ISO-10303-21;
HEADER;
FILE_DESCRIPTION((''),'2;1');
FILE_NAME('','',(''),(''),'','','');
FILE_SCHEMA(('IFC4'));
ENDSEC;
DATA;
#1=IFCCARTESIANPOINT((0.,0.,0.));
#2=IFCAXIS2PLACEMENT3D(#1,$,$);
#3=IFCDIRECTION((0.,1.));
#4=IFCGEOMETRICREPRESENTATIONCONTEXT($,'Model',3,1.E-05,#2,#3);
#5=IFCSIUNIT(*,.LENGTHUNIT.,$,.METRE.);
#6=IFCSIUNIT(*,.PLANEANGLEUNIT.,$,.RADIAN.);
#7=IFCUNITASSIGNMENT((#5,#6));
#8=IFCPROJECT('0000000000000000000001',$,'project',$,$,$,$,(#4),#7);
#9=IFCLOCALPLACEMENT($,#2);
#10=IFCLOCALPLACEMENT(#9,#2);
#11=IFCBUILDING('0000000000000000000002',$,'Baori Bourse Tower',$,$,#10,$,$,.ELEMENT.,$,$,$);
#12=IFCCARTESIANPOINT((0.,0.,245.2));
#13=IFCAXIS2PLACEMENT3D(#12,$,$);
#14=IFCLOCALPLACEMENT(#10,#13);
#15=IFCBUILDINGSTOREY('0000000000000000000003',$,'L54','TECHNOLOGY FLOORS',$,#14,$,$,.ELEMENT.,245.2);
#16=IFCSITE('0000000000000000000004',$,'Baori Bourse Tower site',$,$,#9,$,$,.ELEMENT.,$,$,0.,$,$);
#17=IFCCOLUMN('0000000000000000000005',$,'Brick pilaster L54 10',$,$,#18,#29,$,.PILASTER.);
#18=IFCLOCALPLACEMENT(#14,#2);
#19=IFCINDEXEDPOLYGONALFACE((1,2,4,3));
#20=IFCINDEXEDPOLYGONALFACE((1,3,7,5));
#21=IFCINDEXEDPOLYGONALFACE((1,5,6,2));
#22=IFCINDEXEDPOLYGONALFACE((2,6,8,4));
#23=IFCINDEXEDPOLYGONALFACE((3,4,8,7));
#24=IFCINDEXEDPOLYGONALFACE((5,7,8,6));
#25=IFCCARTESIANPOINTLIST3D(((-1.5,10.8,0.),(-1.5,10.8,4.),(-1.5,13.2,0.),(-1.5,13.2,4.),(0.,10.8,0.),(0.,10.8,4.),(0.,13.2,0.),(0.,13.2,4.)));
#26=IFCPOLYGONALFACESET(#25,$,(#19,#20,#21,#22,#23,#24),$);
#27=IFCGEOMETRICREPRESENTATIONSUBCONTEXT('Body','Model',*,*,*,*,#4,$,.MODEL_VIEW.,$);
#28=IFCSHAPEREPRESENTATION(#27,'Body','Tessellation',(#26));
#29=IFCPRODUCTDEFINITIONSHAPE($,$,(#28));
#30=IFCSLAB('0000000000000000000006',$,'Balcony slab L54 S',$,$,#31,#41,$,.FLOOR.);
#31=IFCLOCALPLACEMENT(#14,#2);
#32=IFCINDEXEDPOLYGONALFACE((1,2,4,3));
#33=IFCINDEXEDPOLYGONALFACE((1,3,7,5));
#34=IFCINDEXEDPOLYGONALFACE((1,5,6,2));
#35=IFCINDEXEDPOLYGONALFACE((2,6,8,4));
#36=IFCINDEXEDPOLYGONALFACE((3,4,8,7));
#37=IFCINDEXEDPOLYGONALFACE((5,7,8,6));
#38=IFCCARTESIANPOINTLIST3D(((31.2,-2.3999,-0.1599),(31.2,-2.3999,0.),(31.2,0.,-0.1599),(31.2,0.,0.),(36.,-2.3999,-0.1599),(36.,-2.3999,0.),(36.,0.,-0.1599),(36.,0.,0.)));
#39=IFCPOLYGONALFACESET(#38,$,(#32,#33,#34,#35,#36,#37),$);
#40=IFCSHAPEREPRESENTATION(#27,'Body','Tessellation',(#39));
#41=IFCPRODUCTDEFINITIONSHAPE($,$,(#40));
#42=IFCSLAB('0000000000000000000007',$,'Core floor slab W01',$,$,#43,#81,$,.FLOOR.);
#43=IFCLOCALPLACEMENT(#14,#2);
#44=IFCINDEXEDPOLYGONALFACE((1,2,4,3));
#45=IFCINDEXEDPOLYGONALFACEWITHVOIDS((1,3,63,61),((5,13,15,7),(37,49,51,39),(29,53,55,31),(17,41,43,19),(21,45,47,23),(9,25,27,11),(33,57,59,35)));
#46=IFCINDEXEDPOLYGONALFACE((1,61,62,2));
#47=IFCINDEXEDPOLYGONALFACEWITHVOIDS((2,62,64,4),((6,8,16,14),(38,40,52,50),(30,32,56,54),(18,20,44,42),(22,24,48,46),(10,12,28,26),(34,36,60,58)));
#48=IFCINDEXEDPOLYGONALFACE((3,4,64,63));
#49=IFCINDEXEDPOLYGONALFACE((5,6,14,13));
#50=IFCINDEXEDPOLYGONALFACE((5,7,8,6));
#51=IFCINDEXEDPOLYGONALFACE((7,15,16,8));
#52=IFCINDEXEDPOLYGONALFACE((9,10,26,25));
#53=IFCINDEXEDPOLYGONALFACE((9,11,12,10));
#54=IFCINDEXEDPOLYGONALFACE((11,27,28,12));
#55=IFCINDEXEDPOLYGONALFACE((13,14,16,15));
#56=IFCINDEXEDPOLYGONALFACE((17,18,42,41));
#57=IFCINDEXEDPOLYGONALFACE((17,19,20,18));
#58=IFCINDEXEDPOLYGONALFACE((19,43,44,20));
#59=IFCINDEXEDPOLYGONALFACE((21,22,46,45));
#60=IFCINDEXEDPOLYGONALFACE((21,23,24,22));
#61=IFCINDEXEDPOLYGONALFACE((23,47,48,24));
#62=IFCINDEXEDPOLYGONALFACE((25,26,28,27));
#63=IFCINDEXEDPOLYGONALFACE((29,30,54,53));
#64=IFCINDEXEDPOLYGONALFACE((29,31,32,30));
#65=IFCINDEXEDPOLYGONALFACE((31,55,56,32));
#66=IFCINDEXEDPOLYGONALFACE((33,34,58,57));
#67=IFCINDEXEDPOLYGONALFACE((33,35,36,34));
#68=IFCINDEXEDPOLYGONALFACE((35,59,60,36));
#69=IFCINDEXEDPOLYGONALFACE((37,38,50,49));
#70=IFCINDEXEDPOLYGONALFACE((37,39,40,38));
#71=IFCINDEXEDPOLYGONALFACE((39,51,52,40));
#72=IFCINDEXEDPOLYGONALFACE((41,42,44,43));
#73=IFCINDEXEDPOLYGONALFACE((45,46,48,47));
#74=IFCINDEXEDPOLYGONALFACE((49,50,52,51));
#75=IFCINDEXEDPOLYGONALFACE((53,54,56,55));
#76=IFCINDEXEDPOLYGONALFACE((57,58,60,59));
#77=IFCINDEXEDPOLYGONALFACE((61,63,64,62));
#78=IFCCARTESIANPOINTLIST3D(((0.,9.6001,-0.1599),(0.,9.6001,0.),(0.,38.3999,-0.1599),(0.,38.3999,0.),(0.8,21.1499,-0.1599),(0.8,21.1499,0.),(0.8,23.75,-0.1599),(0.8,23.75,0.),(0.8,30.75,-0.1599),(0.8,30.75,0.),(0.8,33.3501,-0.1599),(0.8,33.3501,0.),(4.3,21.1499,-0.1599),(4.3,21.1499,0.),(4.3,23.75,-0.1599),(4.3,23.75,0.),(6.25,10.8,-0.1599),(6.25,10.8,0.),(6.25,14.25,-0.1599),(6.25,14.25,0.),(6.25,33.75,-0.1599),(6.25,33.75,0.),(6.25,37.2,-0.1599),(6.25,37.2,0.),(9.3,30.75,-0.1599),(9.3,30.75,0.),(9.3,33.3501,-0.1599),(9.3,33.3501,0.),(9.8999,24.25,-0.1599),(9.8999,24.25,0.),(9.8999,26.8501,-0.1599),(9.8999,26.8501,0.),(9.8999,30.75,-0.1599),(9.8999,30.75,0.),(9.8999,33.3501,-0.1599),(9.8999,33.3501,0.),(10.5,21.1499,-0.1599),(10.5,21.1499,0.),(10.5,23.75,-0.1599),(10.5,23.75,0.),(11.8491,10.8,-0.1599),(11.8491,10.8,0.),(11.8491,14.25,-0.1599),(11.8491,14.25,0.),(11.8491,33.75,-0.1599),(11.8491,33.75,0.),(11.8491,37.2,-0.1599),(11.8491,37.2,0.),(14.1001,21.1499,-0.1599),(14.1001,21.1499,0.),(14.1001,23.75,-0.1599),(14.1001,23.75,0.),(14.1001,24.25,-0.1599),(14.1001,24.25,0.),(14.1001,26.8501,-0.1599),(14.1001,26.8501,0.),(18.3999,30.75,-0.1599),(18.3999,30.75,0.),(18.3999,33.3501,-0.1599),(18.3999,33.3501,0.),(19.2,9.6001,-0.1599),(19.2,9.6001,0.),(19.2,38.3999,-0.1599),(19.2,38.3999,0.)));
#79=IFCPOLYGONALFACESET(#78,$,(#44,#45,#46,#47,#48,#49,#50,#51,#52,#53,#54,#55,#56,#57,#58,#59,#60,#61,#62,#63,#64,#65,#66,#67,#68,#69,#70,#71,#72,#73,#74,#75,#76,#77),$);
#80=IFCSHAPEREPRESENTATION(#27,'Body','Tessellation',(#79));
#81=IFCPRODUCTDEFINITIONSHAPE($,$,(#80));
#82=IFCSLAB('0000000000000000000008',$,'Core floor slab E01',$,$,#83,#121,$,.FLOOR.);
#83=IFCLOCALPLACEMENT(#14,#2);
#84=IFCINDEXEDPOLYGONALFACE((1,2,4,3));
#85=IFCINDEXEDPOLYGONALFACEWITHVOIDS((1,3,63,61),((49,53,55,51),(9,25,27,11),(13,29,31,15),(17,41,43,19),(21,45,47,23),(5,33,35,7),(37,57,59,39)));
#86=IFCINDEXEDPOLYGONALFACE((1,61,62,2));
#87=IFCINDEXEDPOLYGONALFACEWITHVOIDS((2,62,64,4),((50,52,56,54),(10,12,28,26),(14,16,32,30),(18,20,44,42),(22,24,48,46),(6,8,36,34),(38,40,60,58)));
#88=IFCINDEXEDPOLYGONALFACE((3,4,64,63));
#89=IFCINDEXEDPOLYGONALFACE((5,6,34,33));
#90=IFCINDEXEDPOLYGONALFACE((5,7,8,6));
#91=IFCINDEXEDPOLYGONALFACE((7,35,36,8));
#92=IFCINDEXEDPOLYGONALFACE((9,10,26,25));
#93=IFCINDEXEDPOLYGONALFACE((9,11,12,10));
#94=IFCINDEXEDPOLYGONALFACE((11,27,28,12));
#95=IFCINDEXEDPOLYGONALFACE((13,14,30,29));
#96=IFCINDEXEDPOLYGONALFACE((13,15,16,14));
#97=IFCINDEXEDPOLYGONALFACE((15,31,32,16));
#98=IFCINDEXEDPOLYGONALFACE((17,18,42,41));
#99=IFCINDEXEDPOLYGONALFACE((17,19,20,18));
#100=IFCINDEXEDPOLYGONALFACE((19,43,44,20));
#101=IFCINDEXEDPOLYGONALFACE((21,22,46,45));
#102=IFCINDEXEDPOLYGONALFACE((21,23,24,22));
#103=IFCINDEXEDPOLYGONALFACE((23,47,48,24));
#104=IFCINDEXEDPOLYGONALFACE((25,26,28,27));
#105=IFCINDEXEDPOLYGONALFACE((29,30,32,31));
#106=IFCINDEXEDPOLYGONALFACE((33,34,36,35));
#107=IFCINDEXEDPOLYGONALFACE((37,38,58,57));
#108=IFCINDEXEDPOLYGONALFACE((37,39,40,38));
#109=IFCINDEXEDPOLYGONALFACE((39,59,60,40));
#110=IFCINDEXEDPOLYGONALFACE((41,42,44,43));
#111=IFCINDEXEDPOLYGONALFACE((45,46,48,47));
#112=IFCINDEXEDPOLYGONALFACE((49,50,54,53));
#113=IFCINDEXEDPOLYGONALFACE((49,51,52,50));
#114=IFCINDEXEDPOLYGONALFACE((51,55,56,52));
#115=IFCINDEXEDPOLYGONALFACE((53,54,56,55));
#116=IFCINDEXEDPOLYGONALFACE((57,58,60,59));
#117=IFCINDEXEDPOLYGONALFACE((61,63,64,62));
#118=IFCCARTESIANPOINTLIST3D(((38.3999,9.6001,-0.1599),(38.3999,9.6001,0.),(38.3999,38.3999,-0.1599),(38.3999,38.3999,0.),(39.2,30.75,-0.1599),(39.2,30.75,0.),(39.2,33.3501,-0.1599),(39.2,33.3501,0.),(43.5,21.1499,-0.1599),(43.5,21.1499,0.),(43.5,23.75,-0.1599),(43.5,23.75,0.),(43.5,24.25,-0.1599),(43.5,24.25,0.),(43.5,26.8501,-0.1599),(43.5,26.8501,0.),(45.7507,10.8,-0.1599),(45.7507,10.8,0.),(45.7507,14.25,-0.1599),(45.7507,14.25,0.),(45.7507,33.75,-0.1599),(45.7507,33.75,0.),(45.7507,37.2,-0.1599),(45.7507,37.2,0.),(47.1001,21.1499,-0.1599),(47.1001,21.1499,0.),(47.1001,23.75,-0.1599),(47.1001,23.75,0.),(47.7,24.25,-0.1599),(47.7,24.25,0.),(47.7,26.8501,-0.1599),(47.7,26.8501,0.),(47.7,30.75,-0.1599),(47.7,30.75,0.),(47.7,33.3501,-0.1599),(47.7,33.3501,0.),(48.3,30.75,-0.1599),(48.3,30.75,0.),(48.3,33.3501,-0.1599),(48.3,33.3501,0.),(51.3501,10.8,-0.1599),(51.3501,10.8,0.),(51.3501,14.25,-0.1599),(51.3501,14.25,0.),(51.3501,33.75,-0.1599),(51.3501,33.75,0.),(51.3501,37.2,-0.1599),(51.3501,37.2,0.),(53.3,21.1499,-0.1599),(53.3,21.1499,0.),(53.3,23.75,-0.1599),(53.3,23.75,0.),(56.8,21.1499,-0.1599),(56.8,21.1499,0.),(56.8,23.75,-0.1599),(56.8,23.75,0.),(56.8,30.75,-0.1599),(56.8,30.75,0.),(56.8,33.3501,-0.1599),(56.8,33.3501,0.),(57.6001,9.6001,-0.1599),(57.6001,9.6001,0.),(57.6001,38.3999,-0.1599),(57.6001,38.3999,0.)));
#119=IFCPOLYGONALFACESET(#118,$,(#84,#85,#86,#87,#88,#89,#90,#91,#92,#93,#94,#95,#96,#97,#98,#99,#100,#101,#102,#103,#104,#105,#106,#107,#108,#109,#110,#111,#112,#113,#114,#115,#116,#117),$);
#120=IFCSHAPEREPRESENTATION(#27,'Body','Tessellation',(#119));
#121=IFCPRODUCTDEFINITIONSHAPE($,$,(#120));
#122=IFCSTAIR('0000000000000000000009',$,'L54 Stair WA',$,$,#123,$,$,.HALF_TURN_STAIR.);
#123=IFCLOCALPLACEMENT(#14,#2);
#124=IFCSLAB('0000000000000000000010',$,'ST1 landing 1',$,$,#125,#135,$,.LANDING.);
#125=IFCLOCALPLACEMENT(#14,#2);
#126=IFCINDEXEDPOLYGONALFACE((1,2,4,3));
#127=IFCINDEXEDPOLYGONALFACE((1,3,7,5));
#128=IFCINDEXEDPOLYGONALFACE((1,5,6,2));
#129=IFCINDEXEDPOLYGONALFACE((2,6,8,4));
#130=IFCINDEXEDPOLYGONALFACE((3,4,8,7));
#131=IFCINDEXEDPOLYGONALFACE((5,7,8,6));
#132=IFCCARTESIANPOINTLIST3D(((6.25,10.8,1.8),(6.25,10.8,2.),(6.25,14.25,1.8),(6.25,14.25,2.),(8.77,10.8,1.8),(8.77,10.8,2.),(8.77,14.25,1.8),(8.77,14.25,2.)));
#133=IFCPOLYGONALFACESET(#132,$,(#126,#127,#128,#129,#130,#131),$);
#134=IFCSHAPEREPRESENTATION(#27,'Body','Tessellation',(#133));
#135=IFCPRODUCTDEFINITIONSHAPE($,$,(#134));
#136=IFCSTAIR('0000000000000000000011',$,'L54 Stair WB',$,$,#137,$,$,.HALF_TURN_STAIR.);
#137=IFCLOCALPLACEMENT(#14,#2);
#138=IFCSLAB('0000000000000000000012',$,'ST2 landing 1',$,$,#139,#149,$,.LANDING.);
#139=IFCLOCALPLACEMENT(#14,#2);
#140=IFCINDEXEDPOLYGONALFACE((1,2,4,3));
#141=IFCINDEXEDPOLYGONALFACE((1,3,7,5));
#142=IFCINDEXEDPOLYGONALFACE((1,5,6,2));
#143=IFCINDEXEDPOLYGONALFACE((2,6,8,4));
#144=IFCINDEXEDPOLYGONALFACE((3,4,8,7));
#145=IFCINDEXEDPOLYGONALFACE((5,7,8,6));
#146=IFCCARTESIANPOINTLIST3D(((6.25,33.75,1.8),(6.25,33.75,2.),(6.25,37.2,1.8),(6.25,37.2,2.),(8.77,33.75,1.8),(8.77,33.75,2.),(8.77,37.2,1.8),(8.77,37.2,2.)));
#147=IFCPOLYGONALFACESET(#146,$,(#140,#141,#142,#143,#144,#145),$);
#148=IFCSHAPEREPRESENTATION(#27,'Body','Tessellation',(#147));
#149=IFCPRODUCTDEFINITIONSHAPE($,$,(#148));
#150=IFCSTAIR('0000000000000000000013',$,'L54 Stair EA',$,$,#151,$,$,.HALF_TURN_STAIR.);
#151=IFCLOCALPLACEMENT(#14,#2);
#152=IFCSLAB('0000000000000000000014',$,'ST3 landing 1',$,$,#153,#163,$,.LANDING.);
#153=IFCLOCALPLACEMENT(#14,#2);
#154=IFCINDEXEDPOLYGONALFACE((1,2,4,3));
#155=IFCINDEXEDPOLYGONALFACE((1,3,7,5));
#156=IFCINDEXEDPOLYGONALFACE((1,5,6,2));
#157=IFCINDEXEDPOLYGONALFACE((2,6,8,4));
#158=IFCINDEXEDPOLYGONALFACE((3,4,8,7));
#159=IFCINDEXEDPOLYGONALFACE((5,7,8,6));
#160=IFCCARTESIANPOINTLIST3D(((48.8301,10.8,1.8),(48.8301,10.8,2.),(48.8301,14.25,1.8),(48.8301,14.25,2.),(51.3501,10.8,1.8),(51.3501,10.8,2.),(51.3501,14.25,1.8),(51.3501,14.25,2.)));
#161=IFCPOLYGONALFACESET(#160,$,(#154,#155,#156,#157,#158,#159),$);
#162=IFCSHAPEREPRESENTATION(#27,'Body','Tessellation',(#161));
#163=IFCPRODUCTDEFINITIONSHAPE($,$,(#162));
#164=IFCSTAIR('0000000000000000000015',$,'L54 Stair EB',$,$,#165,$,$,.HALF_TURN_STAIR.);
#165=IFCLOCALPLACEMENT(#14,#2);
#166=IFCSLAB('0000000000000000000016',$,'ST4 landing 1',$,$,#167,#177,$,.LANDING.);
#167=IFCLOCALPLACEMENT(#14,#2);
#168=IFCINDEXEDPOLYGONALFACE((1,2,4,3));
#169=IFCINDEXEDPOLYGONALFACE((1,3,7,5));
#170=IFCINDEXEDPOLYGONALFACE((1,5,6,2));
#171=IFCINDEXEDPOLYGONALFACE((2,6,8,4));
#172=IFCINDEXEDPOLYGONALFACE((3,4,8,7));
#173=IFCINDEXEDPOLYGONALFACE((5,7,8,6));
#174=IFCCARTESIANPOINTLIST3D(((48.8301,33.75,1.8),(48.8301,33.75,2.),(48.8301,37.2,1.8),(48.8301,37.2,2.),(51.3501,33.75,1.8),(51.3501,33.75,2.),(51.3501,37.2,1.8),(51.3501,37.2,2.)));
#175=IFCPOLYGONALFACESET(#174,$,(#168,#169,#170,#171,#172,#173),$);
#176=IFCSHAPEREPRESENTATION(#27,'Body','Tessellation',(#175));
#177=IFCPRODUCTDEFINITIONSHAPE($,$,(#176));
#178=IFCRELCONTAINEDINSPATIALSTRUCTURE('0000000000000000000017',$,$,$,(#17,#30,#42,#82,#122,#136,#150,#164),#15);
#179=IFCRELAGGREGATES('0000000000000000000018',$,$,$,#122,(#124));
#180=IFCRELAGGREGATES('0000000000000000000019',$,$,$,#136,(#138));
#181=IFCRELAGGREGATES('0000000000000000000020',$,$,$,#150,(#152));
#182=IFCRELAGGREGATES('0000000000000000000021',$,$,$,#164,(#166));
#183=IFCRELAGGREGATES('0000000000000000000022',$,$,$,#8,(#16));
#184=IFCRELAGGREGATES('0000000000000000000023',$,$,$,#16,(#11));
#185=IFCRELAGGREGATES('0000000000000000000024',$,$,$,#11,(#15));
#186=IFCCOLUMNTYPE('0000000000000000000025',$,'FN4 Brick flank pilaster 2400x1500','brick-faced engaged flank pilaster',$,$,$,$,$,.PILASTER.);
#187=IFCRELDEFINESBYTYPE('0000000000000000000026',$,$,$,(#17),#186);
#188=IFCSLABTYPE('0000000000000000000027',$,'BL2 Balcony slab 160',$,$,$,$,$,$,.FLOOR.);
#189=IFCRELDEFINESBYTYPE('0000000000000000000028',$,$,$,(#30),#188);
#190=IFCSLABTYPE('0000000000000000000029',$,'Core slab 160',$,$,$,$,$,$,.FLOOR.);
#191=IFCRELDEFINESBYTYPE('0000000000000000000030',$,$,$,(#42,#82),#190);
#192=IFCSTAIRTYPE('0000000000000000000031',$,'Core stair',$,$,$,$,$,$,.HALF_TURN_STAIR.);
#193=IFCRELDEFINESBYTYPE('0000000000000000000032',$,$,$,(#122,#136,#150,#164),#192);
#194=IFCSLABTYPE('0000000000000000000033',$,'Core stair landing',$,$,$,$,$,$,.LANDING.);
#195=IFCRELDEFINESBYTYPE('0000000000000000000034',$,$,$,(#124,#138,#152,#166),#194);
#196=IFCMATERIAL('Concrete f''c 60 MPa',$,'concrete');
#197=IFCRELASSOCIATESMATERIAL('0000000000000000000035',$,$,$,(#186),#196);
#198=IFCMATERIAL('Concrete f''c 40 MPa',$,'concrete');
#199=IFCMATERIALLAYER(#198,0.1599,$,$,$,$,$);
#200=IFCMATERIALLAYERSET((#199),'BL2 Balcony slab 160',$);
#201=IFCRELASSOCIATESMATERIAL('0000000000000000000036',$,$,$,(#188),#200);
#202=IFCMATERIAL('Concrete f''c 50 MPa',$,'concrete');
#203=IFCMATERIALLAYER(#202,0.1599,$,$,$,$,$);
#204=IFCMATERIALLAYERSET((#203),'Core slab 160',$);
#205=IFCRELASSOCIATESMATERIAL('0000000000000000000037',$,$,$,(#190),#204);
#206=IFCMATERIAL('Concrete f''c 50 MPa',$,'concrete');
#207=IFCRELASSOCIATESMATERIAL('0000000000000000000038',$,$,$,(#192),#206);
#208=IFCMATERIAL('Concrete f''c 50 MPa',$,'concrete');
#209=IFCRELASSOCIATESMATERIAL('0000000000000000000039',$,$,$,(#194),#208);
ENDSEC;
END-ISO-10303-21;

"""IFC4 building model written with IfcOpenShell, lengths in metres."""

from ifc_helpers import new_model, si_unit, direction, frame, origin, origin_2d, place, context, subcontext, project, spatial, polyline, rectangle, outline, extrude, material, layer, layer_set, material_profile, profile_set, type_object, element, aggregate, save


model = new_model("IFC4")

# Units and contexts
model_context = context("Model", 3, precision=1e-05, world=origin(), true_north=direction((0.0, 1.0)))
body_context = subcontext(model_context, "Body", "Model", "MODEL_VIEW")
ifc_project = project(units=[si_unit("LENGTHUNIT", "METRE"), si_unit("PLANEANGLEUNIT", "RADIAN")], contexts=[model_context])

# Site, building, storey
site_placement = place(None, origin())
site = spatial("IfcSite", under=ifc_project, at=site_placement, Name="Baori Bourse Tower site", CompositionType="ELEMENT", RefElevation=0.0)
building_placement = place(site_placement, origin())
building = spatial("IfcBuilding", under=site, at=building_placement, Name="Baori Bourse Tower", CompositionType="ELEMENT")
storey_placement = place(building_placement, frame((0.0, 0.0, 245.2)))
storey = spatial("IfcBuildingStorey", under=building, at=storey_placement, Name="L54", Description="TECHNOLOGY FLOORS", CompositionType="ELEMENT", Elevation=245.2)

# Column
ifc_material_1 = material(Name="Concrete f'c 60 MPa", Category="concrete")
ifc_material_profile = material_profile(ifc_material_1, rectangle(XDim=2.3999, YDim=1.5, at=origin_2d()), Name="RC 2400x1500")
ifc_profile_set = profile_set([ifc_material_profile], Name="Concrete f'c 60 MPa")
column_type = type_object("IfcColumnType", Name="FN4 Brick flank pilaster 2400x1500", Description="brick-faced engaged flank pilaster", PredefinedType="PILASTER", material=ifc_profile_set)
column_placement = place(storey_placement, frame((-0.75, 12.0, 0.0), z_axis=(0.0, 0.0, 1.0), x_axis=(0.0, 1.0, 0.0)))
element("IfcColumn", 1, at=column_placement, inside=storey, type_object=column_type, Name="Brick pilaster L54 10", PredefinedType="PILASTER", context=body_context, shape_type="SweptSolid", body=[
    extrude(rectangle(XDim=2.3999, YDim=1.5, at=origin_2d()), origin(), (0.0, 0.0, 1.0), 4.0),
])

# Slabs
ifc_material_2 = material(Name="Concrete f'c 40 MPa", Category="concrete")
ifc_layer_1 = layer(ifc_material_2, 0.1599)
ifc_layer_set_1 = layer_set([ifc_layer_1], Name="BL2 Balcony slab 160")
slab_type_1 = type_object("IfcSlabType", Name="BL2 Balcony slab 160", PredefinedType="FLOOR", material=ifc_layer_set_1)
slab_1_placement = place(storey_placement, frame((0.0, 0.0, -0.1599)))
element("IfcSlab", 2, at=slab_1_placement, inside=storey, type_object=slab_type_1, Name="Balcony slab L54 S", PredefinedType="FLOOR", context=body_context, shape_type="SweptSolid", body=[
    extrude(outline(polyline([(31.2, 0.0), (31.2, -2.3999), (36.0, -2.3999), (36.0, 0.0), (31.2, 0.0)])), origin(), (0.0, 0.0, 1.0), 0.1599),
])
ifc_material_3 = material(Name="Concrete f'c 50 MPa", Category="concrete")
ifc_layer_2 = layer(ifc_material_3, 0.1599)
ifc_layer_set_2 = layer_set([ifc_layer_2], Name="Core slab 160")
slab_type_2 = type_object("IfcSlabType", Name="Core slab 160", PredefinedType="FLOOR", material=ifc_layer_set_2)
slab_2_placement = place(storey_placement, frame((0.0, 0.0, -0.1599)))
element("IfcSlab", 3, at=slab_2_placement, inside=storey, type_object=slab_type_2, Name="Core floor slab W01", PredefinedType="FLOOR", context=body_context, shape_type="SweptSolid", body=[
    extrude(outline(polyline([(19.2, 38.3999), (0.0, 38.3999), (0.0, 9.6001), (19.2, 9.6001), (19.2, 38.3999)]), holes=[polyline([(9.8999, 33.3501), (18.3999, 33.3501), (18.3999, 30.75), (9.8999, 30.75), (9.8999, 33.3501)]), polyline([(10.5, 21.1499), (10.5, 23.75), (14.1001, 23.75), (14.1001, 21.1499), (10.5, 21.1499)]), polyline([(14.1001, 24.25), (9.8999, 24.25), (9.8999, 26.8501), (14.1001, 26.8501), (14.1001, 24.25)]), polyline([(6.25, 14.25), (11.8491, 14.25), (11.8491, 10.8), (6.25, 10.8), (6.25, 14.25)]), polyline([(11.8491, 37.2), (11.8491, 33.75), (6.25, 33.75), (6.25, 37.2), (11.8491, 37.2)]), polyline([(0.8, 30.75), (0.8, 33.3501), (9.3, 33.3501), (9.3, 30.75), (0.8, 30.75)]), polyline([(4.3, 23.75), (4.3, 21.1499), (0.8, 21.1499), (0.8, 23.75), (4.3, 23.75)])]), origin(), (0.0, 0.0, 1.0), 0.1599),
])
slab_3_placement = place(storey_placement, frame((0.0, 0.0, -0.1599)))
element("IfcSlab", 4, at=slab_3_placement, inside=storey, type_object=slab_type_2, Name="Core floor slab E01", PredefinedType="FLOOR", context=body_context, shape_type="SweptSolid", body=[
    extrude(outline(polyline([(57.6001, 9.6001), (57.6001, 38.3999), (38.3999, 38.3999), (38.3999, 9.6001), (57.6001, 9.6001)]), holes=[polyline([(48.3, 33.3501), (56.8, 33.3501), (56.8, 30.75), (48.3, 30.75), (48.3, 33.3501)]), polyline([(56.8, 21.1499), (53.3, 21.1499), (53.3, 23.75), (56.8, 23.75), (56.8, 21.1499)]), polyline([(45.7507, 14.25), (51.3501, 14.25), (51.3501, 10.8), (45.7507, 10.8), (45.7507, 14.25)]), polyline([(51.3501, 37.2), (51.3501, 33.75), (45.7507, 33.75), (45.7507, 37.2), (51.3501, 37.2)]), polyline([(43.5, 24.25), (43.5, 26.8501), (47.7, 26.8501), (47.7, 24.25), (43.5, 24.25)]), polyline([(47.7, 33.3501), (47.7, 30.75), (39.2, 30.75), (39.2, 33.3501), (47.7, 33.3501)]), polyline([(43.5, 23.75), (47.1001, 23.75), (47.1001, 21.1499), (43.5, 21.1499), (43.5, 23.75)])]), origin(), (0.0, 0.0, 1.0), 0.1599),
])

# Stairs, slabs
ifc_material_4 = material(Name="Concrete f'c 50 MPa", Category="concrete")
stair_type = type_object("IfcStairType", Name="Core stair", PredefinedType="HALF_TURN_STAIR", material=ifc_material_4)
stair_1_placement = place(storey_placement, origin())
stair_1 = element("IfcStair", 5, at=stair_1_placement, inside=storey, type_object=stair_type, Name="L54 Stair WA", PredefinedType="HALF_TURN_STAIR")
ifc_material_5 = material(Name="Concrete f'c 50 MPa", Category="concrete")
slab_type_3 = type_object("IfcSlabType", Name="Core stair landing", PredefinedType="LANDING", material=ifc_material_5)
slab_4_placement = place(storey_placement, frame((0.0, 0.0, 1.8)))
slab_4 = element("IfcSlab", 6, at=slab_4_placement, type_object=slab_type_3, Name="ST1 landing 1", PredefinedType="LANDING", context=body_context, shape_type="SweptSolid", body=[
    extrude(outline(polyline([(8.77, 14.25), (6.25, 14.25), (6.25, 10.8), (8.77, 10.8), (8.77, 14.25)])), origin(), (0.0, 0.0, 1.0), 0.2),
])
aggregate(stair_1, [slab_4])
stair_2_placement = place(storey_placement, origin())
stair_2 = element("IfcStair", 7, at=stair_2_placement, inside=storey, type_object=stair_type, Name="L54 Stair WB", PredefinedType="HALF_TURN_STAIR")
slab_5_placement = place(storey_placement, frame((0.0, 0.0, 1.8)))
slab_5 = element("IfcSlab", 8, at=slab_5_placement, type_object=slab_type_3, Name="ST2 landing 1", PredefinedType="LANDING", context=body_context, shape_type="SweptSolid", body=[
    extrude(outline(polyline([(8.77, 37.2), (6.25, 37.2), (6.25, 33.75), (8.77, 33.75), (8.77, 37.2)])), origin(), (0.0, 0.0, 1.0), 0.2),
])
aggregate(stair_2, [slab_5])
stair_3_placement = place(storey_placement, origin())
stair_3 = element("IfcStair", 9, at=stair_3_placement, inside=storey, type_object=stair_type, Name="L54 Stair EA", PredefinedType="HALF_TURN_STAIR")
slab_6_placement = place(storey_placement, frame((0.0, 0.0, 1.8)))
slab_6 = element("IfcSlab", 10, at=slab_6_placement, type_object=slab_type_3, Name="ST3 landing 1", PredefinedType="LANDING", context=body_context, shape_type="SweptSolid", body=[
    extrude(outline(polyline([(48.8301, 10.8), (51.3501, 10.8), (51.3501, 14.25), (48.8301, 14.25), (48.8301, 10.8)])), origin(), (0.0, 0.0, 1.0), 0.2),
])
aggregate(stair_3, [slab_6])
stair_4_placement = place(storey_placement, origin())
stair_4 = element("IfcStair", 11, at=stair_4_placement, inside=storey, type_object=stair_type, Name="L54 Stair EB", PredefinedType="HALF_TURN_STAIR")
slab_7_placement = place(storey_placement, frame((0.0, 0.0, 1.8)))
slab_7 = element("IfcSlab", 12, at=slab_7_placement, type_object=slab_type_3, Name="ST4 landing 1", PredefinedType="LANDING", context=body_context, shape_type="SweptSolid", body=[
    extrude(outline(polyline([(48.8301, 33.75), (51.3501, 33.75), (51.3501, 37.2), (48.8301, 37.2), (48.8301, 33.75)])), origin(), (0.0, 0.0, 1.0), 0.2),
])
aggregate(stair_4, [slab_7])

save(model, "model.ifc")
